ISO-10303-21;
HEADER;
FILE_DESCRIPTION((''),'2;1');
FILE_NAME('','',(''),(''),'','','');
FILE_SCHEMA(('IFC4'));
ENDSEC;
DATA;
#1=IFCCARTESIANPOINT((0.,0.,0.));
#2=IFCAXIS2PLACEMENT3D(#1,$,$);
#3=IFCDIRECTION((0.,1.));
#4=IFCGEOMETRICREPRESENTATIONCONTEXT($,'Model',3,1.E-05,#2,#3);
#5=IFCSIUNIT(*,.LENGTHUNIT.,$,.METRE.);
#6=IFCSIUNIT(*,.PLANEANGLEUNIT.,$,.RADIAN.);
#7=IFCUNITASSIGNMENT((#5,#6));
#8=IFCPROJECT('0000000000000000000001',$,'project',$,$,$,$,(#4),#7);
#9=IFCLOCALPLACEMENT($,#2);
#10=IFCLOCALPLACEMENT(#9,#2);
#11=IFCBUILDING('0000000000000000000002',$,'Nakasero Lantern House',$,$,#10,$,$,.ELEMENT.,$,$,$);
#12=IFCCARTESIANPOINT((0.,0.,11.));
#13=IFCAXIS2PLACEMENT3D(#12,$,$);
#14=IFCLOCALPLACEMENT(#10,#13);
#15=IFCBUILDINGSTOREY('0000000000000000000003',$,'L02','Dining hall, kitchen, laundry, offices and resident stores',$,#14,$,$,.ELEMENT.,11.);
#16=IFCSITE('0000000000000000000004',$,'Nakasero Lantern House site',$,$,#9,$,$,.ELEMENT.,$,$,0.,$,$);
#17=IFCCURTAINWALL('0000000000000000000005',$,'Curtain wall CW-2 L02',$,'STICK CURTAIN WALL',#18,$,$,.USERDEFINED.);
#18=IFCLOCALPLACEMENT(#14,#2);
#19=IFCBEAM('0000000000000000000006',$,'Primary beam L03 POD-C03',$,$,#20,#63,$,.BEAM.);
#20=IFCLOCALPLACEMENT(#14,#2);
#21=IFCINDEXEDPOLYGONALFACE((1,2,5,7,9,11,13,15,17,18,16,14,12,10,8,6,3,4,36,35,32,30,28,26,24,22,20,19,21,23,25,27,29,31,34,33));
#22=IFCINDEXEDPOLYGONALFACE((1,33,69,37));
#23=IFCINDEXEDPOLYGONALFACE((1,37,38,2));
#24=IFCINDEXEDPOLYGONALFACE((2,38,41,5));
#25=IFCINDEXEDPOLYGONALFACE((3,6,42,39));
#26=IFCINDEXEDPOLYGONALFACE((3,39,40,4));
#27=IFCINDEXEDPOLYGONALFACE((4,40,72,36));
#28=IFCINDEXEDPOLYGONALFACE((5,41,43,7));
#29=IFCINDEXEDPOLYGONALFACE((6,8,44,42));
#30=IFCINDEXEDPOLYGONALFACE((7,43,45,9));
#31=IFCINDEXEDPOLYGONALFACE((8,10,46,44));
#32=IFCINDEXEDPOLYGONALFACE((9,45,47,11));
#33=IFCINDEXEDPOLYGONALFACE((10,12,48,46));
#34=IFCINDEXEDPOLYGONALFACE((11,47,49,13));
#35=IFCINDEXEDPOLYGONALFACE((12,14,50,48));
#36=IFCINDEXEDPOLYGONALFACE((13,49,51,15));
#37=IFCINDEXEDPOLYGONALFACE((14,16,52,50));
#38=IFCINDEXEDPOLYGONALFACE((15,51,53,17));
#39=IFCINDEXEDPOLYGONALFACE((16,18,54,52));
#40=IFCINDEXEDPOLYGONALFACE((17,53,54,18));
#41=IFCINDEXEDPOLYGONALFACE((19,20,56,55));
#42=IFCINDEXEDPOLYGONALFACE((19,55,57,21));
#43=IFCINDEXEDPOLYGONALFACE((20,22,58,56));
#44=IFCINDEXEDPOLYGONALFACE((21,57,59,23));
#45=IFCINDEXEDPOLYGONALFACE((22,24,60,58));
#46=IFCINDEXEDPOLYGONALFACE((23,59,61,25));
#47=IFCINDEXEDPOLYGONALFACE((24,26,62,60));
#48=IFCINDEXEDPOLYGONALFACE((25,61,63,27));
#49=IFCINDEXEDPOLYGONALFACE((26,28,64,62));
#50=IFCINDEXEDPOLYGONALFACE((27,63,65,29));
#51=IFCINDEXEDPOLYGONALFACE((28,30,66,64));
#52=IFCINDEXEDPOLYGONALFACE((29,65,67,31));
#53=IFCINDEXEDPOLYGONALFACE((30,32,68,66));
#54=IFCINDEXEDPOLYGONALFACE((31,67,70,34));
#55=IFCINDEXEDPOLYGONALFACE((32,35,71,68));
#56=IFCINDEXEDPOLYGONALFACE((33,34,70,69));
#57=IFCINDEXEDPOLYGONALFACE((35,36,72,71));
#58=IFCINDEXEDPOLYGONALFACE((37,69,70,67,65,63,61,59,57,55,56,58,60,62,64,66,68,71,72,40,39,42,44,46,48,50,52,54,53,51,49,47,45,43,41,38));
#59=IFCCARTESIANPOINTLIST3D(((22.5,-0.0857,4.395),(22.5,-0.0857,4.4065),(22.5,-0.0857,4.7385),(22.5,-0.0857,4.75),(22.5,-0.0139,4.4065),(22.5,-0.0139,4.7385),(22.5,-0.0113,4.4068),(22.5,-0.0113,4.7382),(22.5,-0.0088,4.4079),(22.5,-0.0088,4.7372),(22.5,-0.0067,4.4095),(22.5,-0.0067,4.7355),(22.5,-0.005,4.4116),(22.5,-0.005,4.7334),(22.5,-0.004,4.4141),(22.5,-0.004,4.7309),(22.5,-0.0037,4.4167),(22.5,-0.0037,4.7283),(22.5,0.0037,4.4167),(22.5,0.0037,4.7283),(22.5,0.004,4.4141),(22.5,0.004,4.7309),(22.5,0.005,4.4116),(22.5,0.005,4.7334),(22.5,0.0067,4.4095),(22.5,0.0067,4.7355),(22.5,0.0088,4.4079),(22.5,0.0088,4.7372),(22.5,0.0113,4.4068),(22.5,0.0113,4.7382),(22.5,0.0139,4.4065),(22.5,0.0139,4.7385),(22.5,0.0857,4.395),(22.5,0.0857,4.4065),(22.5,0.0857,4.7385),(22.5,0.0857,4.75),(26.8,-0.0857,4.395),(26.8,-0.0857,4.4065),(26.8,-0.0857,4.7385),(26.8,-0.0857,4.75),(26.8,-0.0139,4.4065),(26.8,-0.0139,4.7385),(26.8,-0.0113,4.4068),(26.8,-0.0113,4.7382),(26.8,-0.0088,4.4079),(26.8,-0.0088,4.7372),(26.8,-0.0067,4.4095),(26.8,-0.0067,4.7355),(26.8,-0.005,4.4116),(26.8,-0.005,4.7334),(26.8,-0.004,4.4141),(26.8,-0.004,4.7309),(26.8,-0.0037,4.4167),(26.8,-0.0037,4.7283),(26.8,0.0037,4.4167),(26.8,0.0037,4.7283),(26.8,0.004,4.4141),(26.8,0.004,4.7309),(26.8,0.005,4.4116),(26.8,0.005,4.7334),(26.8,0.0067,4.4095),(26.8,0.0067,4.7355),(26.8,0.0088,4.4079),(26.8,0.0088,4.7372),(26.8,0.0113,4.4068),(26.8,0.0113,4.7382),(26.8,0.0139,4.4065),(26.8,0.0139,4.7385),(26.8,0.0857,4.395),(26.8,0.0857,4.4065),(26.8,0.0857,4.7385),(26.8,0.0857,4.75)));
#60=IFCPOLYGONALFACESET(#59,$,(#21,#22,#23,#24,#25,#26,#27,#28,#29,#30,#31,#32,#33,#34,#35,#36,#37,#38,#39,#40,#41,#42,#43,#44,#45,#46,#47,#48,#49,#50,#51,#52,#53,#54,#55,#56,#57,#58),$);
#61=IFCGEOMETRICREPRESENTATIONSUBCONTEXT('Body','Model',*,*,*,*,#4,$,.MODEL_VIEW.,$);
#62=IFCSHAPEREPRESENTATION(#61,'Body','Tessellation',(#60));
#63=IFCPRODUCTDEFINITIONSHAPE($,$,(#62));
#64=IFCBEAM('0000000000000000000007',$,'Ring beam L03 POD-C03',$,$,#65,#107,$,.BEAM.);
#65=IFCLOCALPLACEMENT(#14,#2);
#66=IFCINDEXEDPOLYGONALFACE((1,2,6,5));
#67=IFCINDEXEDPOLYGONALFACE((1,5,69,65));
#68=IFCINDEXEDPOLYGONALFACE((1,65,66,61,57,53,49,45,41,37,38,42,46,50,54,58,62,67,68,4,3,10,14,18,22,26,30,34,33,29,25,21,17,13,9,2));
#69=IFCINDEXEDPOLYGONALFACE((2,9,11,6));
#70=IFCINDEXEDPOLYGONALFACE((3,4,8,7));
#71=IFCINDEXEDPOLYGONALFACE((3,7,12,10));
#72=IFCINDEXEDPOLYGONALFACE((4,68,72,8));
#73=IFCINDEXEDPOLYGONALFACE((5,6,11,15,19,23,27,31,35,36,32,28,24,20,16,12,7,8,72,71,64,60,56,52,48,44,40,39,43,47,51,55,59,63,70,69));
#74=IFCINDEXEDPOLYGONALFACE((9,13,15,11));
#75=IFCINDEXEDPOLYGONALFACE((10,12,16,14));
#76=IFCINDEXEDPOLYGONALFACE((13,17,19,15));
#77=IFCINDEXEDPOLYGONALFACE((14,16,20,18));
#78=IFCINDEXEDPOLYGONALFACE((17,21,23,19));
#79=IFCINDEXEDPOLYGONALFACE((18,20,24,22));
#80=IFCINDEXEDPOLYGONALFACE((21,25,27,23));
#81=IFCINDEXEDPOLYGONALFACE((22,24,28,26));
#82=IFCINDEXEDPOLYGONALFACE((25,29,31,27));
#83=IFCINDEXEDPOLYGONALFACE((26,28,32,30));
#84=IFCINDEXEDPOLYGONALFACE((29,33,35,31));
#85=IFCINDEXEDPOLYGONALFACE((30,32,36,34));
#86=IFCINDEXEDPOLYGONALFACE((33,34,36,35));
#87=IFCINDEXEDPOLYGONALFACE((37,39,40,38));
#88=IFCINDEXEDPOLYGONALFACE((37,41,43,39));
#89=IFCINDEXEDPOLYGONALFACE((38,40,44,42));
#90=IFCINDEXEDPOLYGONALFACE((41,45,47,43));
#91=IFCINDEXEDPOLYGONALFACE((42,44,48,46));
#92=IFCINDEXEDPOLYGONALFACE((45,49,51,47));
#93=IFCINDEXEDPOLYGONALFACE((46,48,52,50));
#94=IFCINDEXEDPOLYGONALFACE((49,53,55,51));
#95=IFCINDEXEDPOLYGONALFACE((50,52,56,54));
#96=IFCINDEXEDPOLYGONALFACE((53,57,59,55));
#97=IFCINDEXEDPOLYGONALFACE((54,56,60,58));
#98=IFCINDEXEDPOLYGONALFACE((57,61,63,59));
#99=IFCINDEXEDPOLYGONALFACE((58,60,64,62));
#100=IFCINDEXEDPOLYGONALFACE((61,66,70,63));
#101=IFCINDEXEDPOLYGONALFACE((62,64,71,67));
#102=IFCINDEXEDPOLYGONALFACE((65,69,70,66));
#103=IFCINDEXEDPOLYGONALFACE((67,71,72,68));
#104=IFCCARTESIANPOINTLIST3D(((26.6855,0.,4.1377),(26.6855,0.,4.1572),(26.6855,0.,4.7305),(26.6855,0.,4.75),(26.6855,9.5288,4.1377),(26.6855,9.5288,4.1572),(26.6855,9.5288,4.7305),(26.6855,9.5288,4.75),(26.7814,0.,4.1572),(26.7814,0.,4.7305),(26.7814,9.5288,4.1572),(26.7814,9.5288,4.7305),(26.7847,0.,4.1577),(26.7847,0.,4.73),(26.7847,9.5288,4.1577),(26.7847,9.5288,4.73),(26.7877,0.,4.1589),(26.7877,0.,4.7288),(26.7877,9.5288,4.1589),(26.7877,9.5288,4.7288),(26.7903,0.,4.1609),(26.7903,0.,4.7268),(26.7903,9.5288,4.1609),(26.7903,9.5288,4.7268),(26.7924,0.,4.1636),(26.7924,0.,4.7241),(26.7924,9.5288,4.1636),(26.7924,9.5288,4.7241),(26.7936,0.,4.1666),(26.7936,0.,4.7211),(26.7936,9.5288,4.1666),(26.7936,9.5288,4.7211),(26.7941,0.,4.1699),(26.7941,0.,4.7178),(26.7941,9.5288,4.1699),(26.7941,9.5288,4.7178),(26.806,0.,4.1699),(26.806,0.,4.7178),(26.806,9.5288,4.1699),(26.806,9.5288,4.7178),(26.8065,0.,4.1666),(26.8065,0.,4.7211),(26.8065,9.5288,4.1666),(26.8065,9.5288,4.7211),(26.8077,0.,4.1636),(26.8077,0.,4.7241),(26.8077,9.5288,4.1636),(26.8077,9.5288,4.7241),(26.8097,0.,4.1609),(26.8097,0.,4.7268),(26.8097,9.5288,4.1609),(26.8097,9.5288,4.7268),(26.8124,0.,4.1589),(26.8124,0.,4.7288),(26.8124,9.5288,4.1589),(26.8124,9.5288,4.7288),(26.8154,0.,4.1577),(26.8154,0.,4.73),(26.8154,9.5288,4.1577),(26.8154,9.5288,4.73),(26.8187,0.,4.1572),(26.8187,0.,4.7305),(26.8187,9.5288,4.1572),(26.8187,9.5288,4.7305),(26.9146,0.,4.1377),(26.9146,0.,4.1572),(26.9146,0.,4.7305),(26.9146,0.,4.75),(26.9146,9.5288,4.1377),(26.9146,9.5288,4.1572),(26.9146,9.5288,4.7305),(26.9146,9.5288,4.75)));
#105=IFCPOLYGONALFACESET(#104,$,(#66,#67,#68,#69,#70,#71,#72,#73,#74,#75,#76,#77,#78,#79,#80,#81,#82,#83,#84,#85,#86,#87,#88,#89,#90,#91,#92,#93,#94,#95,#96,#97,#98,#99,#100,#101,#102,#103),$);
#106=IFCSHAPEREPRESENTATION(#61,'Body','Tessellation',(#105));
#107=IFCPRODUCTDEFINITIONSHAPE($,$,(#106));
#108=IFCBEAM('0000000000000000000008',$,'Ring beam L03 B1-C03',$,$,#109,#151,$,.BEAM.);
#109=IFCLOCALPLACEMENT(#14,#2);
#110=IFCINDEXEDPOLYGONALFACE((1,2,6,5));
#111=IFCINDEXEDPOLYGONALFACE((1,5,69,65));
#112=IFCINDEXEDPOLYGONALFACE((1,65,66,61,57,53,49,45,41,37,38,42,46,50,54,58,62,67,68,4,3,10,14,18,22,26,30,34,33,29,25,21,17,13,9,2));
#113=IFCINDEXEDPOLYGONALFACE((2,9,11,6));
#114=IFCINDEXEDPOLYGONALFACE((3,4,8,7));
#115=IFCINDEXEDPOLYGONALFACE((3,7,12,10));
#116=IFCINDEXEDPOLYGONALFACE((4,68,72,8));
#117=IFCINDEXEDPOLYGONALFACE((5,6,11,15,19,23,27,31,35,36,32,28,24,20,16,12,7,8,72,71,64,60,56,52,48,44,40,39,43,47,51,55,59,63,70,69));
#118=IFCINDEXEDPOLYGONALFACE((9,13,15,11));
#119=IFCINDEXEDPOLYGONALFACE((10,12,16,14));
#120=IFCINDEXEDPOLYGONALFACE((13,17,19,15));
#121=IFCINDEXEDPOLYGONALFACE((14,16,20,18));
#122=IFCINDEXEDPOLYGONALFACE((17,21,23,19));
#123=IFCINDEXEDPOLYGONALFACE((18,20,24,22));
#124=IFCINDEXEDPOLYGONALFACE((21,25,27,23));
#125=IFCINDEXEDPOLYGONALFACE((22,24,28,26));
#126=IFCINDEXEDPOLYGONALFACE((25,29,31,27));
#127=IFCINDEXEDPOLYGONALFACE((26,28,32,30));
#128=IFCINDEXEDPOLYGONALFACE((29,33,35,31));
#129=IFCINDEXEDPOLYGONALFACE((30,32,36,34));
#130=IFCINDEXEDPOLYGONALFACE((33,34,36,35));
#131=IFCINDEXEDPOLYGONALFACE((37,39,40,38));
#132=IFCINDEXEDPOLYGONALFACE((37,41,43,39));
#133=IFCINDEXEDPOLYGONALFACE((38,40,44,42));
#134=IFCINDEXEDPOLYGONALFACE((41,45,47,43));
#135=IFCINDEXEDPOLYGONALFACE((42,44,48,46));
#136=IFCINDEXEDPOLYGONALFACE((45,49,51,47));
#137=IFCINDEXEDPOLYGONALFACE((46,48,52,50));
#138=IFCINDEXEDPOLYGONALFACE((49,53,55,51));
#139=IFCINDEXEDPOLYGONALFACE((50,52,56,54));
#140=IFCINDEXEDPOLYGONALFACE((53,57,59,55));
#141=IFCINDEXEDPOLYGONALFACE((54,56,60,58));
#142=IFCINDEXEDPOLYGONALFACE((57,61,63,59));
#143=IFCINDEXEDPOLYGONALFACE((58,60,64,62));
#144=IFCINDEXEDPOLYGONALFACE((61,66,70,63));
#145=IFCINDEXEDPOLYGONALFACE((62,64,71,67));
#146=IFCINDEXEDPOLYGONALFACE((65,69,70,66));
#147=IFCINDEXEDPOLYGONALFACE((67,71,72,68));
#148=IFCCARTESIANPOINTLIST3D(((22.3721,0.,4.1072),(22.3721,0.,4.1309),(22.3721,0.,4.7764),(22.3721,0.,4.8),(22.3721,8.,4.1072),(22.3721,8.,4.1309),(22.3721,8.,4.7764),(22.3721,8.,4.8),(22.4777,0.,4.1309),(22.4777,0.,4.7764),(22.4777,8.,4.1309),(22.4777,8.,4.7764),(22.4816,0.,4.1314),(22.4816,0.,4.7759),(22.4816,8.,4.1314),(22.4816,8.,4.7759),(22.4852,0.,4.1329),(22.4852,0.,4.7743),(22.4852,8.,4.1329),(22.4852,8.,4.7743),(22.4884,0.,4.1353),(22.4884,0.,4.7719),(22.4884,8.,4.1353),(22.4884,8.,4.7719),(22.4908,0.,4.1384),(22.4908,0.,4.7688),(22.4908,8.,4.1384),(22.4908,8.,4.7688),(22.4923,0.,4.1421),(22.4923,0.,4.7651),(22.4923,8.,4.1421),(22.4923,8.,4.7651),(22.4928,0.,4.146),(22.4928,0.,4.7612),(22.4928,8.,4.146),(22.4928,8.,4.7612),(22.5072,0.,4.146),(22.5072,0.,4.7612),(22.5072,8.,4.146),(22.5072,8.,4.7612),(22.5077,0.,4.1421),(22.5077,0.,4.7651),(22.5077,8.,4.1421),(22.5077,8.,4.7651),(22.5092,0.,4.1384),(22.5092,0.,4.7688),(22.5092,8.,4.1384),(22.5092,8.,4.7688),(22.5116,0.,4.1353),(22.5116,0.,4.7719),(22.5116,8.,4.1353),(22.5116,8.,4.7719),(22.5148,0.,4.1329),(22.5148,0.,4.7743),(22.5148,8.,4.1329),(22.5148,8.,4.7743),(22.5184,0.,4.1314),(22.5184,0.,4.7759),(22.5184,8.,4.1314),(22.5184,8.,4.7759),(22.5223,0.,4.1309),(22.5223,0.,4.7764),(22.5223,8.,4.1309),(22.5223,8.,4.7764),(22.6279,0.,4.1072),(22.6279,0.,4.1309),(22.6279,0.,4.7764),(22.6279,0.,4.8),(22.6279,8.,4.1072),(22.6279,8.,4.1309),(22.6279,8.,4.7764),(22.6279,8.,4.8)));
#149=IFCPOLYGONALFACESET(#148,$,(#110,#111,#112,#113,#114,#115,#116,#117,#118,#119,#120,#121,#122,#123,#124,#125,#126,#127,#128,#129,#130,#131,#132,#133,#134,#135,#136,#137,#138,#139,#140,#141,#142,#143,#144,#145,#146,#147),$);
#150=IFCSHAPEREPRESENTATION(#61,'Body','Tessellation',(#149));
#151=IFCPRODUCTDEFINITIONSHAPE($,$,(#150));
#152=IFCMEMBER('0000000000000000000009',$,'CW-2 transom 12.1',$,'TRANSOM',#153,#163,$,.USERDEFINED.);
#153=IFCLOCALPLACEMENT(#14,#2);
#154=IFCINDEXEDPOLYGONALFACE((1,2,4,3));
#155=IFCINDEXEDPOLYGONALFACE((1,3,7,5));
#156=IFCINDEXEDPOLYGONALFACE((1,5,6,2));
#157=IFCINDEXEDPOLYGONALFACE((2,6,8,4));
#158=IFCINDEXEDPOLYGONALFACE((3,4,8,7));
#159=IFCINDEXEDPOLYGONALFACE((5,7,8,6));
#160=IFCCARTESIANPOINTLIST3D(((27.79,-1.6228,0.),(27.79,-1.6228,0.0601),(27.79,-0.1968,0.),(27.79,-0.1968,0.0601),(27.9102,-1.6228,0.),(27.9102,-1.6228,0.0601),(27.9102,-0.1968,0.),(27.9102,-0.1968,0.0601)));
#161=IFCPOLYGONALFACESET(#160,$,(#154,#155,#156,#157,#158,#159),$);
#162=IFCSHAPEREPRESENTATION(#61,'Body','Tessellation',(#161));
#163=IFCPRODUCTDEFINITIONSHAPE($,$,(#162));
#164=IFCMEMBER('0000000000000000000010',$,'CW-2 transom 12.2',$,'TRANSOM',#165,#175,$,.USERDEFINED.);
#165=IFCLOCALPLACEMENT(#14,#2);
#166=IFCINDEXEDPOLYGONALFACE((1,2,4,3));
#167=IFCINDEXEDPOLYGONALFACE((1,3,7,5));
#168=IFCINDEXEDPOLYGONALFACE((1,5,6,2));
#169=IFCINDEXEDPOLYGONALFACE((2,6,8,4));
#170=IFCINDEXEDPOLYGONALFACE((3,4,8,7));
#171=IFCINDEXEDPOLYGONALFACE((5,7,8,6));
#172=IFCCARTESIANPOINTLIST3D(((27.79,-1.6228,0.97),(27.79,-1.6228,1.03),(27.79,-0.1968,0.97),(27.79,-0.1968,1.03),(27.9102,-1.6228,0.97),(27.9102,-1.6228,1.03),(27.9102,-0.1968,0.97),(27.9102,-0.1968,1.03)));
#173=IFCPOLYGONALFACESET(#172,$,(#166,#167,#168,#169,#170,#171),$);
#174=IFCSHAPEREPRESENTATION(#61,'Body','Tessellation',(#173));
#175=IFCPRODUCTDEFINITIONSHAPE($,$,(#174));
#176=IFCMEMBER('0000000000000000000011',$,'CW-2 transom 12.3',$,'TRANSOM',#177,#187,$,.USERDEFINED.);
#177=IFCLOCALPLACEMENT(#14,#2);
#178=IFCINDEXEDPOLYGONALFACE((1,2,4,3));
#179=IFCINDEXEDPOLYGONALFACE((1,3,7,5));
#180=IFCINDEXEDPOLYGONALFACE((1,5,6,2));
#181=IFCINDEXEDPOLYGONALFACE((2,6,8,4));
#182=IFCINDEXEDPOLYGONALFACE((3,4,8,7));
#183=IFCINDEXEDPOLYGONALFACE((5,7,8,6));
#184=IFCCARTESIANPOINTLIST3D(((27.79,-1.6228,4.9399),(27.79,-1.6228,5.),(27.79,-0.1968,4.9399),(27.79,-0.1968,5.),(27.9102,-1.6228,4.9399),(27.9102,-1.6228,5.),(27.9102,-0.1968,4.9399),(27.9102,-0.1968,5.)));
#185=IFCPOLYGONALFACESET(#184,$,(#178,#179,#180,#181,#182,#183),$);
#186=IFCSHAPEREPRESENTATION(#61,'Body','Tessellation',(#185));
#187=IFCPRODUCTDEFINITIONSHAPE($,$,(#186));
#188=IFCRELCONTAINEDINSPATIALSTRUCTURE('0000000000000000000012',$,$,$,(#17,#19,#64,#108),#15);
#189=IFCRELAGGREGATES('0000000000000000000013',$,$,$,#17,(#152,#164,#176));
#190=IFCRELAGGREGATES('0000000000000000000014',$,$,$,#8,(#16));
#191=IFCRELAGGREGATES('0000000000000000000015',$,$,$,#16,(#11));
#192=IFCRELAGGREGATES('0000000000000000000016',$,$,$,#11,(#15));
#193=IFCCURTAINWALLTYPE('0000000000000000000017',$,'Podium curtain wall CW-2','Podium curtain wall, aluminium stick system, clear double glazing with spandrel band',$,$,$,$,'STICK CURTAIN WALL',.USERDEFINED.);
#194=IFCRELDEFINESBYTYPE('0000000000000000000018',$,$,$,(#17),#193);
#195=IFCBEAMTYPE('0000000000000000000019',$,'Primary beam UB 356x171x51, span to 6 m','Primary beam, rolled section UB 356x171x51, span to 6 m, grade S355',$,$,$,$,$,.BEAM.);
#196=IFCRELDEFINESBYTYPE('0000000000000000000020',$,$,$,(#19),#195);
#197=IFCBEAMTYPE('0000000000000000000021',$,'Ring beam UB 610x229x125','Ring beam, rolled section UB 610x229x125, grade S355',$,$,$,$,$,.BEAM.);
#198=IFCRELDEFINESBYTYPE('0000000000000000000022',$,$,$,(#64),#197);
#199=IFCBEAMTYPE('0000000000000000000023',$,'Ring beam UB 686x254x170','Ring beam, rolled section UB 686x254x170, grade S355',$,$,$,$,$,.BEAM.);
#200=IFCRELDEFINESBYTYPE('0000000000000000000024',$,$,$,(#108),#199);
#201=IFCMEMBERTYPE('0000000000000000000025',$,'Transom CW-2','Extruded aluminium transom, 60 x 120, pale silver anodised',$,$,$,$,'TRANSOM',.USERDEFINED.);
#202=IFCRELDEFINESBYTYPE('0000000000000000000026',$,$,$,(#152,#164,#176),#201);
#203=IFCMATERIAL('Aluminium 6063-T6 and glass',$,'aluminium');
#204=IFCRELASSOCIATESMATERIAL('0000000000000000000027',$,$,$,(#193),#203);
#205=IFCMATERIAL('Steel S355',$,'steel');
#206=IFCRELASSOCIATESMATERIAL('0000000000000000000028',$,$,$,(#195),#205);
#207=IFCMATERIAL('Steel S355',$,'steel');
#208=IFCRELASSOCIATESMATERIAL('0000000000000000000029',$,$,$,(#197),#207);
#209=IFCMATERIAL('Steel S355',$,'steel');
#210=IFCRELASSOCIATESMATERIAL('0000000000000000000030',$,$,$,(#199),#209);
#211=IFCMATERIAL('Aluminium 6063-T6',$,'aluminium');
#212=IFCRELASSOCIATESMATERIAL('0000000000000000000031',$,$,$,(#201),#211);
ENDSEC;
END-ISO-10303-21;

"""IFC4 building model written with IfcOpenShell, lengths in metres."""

from ifc_helpers import new_model, si_unit, direction, frame, origin, origin_2d, place, context, subcontext, project, spatial, rectangle, i_section, extrude, material, material_profile, profile_set, type_object, element, aggregate, save


model = new_model("IFC4")

# Units and contexts
model_context = context("Model", 3, precision=1e-05, world=origin(), true_north=direction((0.0, 1.0)))
body_context = subcontext(model_context, "Body", "Model", "MODEL_VIEW")
ifc_project = project(units=[si_unit("LENGTHUNIT", "METRE"), si_unit("PLANEANGLEUNIT", "RADIAN")], contexts=[model_context])

# Site, building, storey
site_placement = place(None, origin())
site = spatial("IfcSite", under=ifc_project, at=site_placement, Name="Nakasero Lantern House site", CompositionType="ELEMENT", RefElevation=0.0)
building_placement = place(site_placement, origin())
building = spatial("IfcBuilding", under=site, at=building_placement, Name="Nakasero Lantern House", CompositionType="ELEMENT")
storey_placement = place(building_placement, frame((0.0, 0.0, 11.0)))
storey = spatial("IfcBuildingStorey", under=building, at=storey_placement, Name="L02", Description="Dining hall, kitchen, laundry, offices and resident stores", CompositionType="ELEMENT", Elevation=11.0)

# Curtain wall
ifc_material_1 = material(Name="Aluminium 6063-T6 and glass", Category="aluminium")
curtain_wall_type = type_object("IfcCurtainWallType", Name="Podium curtain wall CW-2", Description="Podium curtain wall, aluminium stick system, clear double glazing with spandrel band", ElementType="STICK CURTAIN WALL", PredefinedType="USERDEFINED", material=ifc_material_1)
curtain_wall_placement = place(storey_placement, origin())
curtain_wall = element("IfcCurtainWall", 1, at=curtain_wall_placement, inside=storey, type_object=curtain_wall_type, Name="Curtain wall CW-2 L02", ObjectType="STICK CURTAIN WALL", PredefinedType="USERDEFINED")

# Beams
ifc_material_2 = material(Name="Steel S355", Category="steel")
ifc_material_profile_1 = material_profile(ifc_material_2, i_section(OverallWidth=0.1714, OverallDepth=0.355, WebThickness=0.0073, FlangeThickness=0.0115, FilletRadius=0.0103, at=origin_2d()), Name="UB 356x171x51")
ifc_profile_set_1 = profile_set([ifc_material_profile_1], Name="Steel S355")
beam_type_1 = type_object("IfcBeamType", Name="Primary beam UB 356x171x51, span to 6 m", Description="Primary beam, rolled section UB 356x171x51, span to 6 m, grade S355", PredefinedType="BEAM", material=ifc_profile_set_1)
beam_1_placement = place(storey_placement, frame((26.8, 0.0, 4.5725), z_axis=(-1.0, 0.0, 0.0), x_axis=(0.0, -1.0, 0.0)))
element("IfcBeam", 2, at=beam_1_placement, inside=storey, type_object=beam_type_1, Name="Primary beam L03 POD-C03", PredefinedType="BEAM", context=body_context, shape_type="SweptSolid", body=[
    extrude(i_section(OverallWidth=0.1714, OverallDepth=0.355, WebThickness=0.0073, FlangeThickness=0.0115, FilletRadius=0.0103, at=origin_2d()), origin(), (0.0, 0.0, 1.0), 4.3),
])
ifc_material_3 = material(Name="Steel S355", Category="steel")
ifc_material_profile_2 = material_profile(ifc_material_3, i_section(OverallWidth=0.229, OverallDepth=0.6123, WebThickness=0.012, FlangeThickness=0.0195, FilletRadius=0.0127, at=origin_2d()), Name="UB 610x229x125")
ifc_profile_set_2 = profile_set([ifc_material_profile_2], Name="Steel S355")
beam_type_2 = type_object("IfcBeamType", Name="Ring beam UB 610x229x125", Description="Ring beam, rolled section UB 610x229x125, grade S355", PredefinedType="BEAM", material=ifc_profile_set_2)
beam_2_placement = place(storey_placement, frame((26.8, 0.0, 4.4438), z_axis=(0.0, 1.0, 0.0), x_axis=(-1.0, 0.0, 0.0)))
element("IfcBeam", 3, at=beam_2_placement, inside=storey, type_object=beam_type_2, Name="Ring beam L03 POD-C03", PredefinedType="BEAM", context=body_context, shape_type="SweptSolid", body=[
    extrude(i_section(OverallWidth=0.229, OverallDepth=0.6123, WebThickness=0.012, FlangeThickness=0.0195, FilletRadius=0.0127, at=origin_2d()), origin(), (0.0, 0.0, 1.0), 9.5288),
])
ifc_material_4 = material(Name="Steel S355", Category="steel")
ifc_material_profile_3 = material_profile(ifc_material_4, i_section(OverallWidth=0.2559, OverallDepth=0.6929, WebThickness=0.0144, FlangeThickness=0.0237, FilletRadius=0.0151, at=origin_2d()), Name="UB 686x254x170")
ifc_profile_set_3 = profile_set([ifc_material_profile_3], Name="Steel S355")
beam_type_3 = type_object("IfcBeamType", Name="Ring beam UB 686x254x170", Description="Ring beam, rolled section UB 686x254x170, grade S355", PredefinedType="BEAM", material=ifc_profile_set_3)
beam_3_placement = place(storey_placement, frame((22.5, 0.0, 4.4536), z_axis=(0.0, 1.0, 0.0), x_axis=(-1.0, 0.0, 0.0)))
element("IfcBeam", 4, at=beam_3_placement, inside=storey, type_object=beam_type_3, Name="Ring beam L03 B1-C03", PredefinedType="BEAM", context=body_context, shape_type="SweptSolid", body=[
    extrude(i_section(OverallWidth=0.2559, OverallDepth=0.6929, WebThickness=0.0144, FlangeThickness=0.0237, FilletRadius=0.0151, at=origin_2d()), origin(), (0.0, 0.0, 1.0), 8.0),
])

# Members
ifc_material_5 = material(Name="Aluminium 6063-T6", Category="aluminium")
ifc_material_profile_4 = material_profile(ifc_material_5, rectangle(XDim=0.0601, YDim=0.1201, at=origin_2d()), Name="CW-2 transom 60x120")
ifc_profile_set_4 = profile_set([ifc_material_profile_4], Name="Aluminium 6063-T6")
member_type_1 = type_object("IfcMemberType", Name="Transom CW-2", Description="Extruded aluminium transom, 60 x 120, pale silver anodised", ElementType="TRANSOM", PredefinedType="USERDEFINED", material=ifc_profile_set_4)
member_1_placement = place(storey_placement, frame((27.8501, -1.6228, 0.03), z_axis=(0.0, 1.0, 0.0), x_axis=(0.0, 0.0, 1.0)))
member_1 = element("IfcMember", 5, at=member_1_placement, type_object=member_type_1, Name="CW-2 transom 12.1", ObjectType="TRANSOM", PredefinedType="USERDEFINED", context=body_context, shape_type="SweptSolid", body=[
    extrude(rectangle(XDim=0.0601, YDim=0.1201, at=origin_2d()), origin(), (0.0, 0.0, 1.0), 1.426),
])
member_2_placement = place(storey_placement, frame((27.8501, -1.6228, 1.0), z_axis=(0.0, 1.0, 0.0), x_axis=(0.0, 0.0, 1.0)))
member_2 = element("IfcMember", 6, at=member_2_placement, type_object=member_type_1, Name="CW-2 transom 12.2", ObjectType="TRANSOM", PredefinedType="USERDEFINED", context=body_context, shape_type="SweptSolid", body=[
    extrude(rectangle(XDim=0.0601, YDim=0.1201, at=origin_2d()), origin(), (0.0, 0.0, 1.0), 1.426),
])
member_3_placement = place(storey_placement, frame((27.8501, -1.6228, 4.97), z_axis=(0.0, 1.0, 0.0), x_axis=(0.0, 0.0, 1.0)))
member_3 = element("IfcMember", 7, at=member_3_placement, type_object=member_type_1, Name="CW-2 transom 12.3", ObjectType="TRANSOM", PredefinedType="USERDEFINED", context=body_context, shape_type="SweptSolid", body=[
    extrude(rectangle(XDim=0.0601, YDim=0.1201, at=origin_2d()), origin(), (0.0, 0.0, 1.0), 1.426),
])

aggregate(curtain_wall, [member_1, member_2, member_3])

save(model, "model.ifc")
